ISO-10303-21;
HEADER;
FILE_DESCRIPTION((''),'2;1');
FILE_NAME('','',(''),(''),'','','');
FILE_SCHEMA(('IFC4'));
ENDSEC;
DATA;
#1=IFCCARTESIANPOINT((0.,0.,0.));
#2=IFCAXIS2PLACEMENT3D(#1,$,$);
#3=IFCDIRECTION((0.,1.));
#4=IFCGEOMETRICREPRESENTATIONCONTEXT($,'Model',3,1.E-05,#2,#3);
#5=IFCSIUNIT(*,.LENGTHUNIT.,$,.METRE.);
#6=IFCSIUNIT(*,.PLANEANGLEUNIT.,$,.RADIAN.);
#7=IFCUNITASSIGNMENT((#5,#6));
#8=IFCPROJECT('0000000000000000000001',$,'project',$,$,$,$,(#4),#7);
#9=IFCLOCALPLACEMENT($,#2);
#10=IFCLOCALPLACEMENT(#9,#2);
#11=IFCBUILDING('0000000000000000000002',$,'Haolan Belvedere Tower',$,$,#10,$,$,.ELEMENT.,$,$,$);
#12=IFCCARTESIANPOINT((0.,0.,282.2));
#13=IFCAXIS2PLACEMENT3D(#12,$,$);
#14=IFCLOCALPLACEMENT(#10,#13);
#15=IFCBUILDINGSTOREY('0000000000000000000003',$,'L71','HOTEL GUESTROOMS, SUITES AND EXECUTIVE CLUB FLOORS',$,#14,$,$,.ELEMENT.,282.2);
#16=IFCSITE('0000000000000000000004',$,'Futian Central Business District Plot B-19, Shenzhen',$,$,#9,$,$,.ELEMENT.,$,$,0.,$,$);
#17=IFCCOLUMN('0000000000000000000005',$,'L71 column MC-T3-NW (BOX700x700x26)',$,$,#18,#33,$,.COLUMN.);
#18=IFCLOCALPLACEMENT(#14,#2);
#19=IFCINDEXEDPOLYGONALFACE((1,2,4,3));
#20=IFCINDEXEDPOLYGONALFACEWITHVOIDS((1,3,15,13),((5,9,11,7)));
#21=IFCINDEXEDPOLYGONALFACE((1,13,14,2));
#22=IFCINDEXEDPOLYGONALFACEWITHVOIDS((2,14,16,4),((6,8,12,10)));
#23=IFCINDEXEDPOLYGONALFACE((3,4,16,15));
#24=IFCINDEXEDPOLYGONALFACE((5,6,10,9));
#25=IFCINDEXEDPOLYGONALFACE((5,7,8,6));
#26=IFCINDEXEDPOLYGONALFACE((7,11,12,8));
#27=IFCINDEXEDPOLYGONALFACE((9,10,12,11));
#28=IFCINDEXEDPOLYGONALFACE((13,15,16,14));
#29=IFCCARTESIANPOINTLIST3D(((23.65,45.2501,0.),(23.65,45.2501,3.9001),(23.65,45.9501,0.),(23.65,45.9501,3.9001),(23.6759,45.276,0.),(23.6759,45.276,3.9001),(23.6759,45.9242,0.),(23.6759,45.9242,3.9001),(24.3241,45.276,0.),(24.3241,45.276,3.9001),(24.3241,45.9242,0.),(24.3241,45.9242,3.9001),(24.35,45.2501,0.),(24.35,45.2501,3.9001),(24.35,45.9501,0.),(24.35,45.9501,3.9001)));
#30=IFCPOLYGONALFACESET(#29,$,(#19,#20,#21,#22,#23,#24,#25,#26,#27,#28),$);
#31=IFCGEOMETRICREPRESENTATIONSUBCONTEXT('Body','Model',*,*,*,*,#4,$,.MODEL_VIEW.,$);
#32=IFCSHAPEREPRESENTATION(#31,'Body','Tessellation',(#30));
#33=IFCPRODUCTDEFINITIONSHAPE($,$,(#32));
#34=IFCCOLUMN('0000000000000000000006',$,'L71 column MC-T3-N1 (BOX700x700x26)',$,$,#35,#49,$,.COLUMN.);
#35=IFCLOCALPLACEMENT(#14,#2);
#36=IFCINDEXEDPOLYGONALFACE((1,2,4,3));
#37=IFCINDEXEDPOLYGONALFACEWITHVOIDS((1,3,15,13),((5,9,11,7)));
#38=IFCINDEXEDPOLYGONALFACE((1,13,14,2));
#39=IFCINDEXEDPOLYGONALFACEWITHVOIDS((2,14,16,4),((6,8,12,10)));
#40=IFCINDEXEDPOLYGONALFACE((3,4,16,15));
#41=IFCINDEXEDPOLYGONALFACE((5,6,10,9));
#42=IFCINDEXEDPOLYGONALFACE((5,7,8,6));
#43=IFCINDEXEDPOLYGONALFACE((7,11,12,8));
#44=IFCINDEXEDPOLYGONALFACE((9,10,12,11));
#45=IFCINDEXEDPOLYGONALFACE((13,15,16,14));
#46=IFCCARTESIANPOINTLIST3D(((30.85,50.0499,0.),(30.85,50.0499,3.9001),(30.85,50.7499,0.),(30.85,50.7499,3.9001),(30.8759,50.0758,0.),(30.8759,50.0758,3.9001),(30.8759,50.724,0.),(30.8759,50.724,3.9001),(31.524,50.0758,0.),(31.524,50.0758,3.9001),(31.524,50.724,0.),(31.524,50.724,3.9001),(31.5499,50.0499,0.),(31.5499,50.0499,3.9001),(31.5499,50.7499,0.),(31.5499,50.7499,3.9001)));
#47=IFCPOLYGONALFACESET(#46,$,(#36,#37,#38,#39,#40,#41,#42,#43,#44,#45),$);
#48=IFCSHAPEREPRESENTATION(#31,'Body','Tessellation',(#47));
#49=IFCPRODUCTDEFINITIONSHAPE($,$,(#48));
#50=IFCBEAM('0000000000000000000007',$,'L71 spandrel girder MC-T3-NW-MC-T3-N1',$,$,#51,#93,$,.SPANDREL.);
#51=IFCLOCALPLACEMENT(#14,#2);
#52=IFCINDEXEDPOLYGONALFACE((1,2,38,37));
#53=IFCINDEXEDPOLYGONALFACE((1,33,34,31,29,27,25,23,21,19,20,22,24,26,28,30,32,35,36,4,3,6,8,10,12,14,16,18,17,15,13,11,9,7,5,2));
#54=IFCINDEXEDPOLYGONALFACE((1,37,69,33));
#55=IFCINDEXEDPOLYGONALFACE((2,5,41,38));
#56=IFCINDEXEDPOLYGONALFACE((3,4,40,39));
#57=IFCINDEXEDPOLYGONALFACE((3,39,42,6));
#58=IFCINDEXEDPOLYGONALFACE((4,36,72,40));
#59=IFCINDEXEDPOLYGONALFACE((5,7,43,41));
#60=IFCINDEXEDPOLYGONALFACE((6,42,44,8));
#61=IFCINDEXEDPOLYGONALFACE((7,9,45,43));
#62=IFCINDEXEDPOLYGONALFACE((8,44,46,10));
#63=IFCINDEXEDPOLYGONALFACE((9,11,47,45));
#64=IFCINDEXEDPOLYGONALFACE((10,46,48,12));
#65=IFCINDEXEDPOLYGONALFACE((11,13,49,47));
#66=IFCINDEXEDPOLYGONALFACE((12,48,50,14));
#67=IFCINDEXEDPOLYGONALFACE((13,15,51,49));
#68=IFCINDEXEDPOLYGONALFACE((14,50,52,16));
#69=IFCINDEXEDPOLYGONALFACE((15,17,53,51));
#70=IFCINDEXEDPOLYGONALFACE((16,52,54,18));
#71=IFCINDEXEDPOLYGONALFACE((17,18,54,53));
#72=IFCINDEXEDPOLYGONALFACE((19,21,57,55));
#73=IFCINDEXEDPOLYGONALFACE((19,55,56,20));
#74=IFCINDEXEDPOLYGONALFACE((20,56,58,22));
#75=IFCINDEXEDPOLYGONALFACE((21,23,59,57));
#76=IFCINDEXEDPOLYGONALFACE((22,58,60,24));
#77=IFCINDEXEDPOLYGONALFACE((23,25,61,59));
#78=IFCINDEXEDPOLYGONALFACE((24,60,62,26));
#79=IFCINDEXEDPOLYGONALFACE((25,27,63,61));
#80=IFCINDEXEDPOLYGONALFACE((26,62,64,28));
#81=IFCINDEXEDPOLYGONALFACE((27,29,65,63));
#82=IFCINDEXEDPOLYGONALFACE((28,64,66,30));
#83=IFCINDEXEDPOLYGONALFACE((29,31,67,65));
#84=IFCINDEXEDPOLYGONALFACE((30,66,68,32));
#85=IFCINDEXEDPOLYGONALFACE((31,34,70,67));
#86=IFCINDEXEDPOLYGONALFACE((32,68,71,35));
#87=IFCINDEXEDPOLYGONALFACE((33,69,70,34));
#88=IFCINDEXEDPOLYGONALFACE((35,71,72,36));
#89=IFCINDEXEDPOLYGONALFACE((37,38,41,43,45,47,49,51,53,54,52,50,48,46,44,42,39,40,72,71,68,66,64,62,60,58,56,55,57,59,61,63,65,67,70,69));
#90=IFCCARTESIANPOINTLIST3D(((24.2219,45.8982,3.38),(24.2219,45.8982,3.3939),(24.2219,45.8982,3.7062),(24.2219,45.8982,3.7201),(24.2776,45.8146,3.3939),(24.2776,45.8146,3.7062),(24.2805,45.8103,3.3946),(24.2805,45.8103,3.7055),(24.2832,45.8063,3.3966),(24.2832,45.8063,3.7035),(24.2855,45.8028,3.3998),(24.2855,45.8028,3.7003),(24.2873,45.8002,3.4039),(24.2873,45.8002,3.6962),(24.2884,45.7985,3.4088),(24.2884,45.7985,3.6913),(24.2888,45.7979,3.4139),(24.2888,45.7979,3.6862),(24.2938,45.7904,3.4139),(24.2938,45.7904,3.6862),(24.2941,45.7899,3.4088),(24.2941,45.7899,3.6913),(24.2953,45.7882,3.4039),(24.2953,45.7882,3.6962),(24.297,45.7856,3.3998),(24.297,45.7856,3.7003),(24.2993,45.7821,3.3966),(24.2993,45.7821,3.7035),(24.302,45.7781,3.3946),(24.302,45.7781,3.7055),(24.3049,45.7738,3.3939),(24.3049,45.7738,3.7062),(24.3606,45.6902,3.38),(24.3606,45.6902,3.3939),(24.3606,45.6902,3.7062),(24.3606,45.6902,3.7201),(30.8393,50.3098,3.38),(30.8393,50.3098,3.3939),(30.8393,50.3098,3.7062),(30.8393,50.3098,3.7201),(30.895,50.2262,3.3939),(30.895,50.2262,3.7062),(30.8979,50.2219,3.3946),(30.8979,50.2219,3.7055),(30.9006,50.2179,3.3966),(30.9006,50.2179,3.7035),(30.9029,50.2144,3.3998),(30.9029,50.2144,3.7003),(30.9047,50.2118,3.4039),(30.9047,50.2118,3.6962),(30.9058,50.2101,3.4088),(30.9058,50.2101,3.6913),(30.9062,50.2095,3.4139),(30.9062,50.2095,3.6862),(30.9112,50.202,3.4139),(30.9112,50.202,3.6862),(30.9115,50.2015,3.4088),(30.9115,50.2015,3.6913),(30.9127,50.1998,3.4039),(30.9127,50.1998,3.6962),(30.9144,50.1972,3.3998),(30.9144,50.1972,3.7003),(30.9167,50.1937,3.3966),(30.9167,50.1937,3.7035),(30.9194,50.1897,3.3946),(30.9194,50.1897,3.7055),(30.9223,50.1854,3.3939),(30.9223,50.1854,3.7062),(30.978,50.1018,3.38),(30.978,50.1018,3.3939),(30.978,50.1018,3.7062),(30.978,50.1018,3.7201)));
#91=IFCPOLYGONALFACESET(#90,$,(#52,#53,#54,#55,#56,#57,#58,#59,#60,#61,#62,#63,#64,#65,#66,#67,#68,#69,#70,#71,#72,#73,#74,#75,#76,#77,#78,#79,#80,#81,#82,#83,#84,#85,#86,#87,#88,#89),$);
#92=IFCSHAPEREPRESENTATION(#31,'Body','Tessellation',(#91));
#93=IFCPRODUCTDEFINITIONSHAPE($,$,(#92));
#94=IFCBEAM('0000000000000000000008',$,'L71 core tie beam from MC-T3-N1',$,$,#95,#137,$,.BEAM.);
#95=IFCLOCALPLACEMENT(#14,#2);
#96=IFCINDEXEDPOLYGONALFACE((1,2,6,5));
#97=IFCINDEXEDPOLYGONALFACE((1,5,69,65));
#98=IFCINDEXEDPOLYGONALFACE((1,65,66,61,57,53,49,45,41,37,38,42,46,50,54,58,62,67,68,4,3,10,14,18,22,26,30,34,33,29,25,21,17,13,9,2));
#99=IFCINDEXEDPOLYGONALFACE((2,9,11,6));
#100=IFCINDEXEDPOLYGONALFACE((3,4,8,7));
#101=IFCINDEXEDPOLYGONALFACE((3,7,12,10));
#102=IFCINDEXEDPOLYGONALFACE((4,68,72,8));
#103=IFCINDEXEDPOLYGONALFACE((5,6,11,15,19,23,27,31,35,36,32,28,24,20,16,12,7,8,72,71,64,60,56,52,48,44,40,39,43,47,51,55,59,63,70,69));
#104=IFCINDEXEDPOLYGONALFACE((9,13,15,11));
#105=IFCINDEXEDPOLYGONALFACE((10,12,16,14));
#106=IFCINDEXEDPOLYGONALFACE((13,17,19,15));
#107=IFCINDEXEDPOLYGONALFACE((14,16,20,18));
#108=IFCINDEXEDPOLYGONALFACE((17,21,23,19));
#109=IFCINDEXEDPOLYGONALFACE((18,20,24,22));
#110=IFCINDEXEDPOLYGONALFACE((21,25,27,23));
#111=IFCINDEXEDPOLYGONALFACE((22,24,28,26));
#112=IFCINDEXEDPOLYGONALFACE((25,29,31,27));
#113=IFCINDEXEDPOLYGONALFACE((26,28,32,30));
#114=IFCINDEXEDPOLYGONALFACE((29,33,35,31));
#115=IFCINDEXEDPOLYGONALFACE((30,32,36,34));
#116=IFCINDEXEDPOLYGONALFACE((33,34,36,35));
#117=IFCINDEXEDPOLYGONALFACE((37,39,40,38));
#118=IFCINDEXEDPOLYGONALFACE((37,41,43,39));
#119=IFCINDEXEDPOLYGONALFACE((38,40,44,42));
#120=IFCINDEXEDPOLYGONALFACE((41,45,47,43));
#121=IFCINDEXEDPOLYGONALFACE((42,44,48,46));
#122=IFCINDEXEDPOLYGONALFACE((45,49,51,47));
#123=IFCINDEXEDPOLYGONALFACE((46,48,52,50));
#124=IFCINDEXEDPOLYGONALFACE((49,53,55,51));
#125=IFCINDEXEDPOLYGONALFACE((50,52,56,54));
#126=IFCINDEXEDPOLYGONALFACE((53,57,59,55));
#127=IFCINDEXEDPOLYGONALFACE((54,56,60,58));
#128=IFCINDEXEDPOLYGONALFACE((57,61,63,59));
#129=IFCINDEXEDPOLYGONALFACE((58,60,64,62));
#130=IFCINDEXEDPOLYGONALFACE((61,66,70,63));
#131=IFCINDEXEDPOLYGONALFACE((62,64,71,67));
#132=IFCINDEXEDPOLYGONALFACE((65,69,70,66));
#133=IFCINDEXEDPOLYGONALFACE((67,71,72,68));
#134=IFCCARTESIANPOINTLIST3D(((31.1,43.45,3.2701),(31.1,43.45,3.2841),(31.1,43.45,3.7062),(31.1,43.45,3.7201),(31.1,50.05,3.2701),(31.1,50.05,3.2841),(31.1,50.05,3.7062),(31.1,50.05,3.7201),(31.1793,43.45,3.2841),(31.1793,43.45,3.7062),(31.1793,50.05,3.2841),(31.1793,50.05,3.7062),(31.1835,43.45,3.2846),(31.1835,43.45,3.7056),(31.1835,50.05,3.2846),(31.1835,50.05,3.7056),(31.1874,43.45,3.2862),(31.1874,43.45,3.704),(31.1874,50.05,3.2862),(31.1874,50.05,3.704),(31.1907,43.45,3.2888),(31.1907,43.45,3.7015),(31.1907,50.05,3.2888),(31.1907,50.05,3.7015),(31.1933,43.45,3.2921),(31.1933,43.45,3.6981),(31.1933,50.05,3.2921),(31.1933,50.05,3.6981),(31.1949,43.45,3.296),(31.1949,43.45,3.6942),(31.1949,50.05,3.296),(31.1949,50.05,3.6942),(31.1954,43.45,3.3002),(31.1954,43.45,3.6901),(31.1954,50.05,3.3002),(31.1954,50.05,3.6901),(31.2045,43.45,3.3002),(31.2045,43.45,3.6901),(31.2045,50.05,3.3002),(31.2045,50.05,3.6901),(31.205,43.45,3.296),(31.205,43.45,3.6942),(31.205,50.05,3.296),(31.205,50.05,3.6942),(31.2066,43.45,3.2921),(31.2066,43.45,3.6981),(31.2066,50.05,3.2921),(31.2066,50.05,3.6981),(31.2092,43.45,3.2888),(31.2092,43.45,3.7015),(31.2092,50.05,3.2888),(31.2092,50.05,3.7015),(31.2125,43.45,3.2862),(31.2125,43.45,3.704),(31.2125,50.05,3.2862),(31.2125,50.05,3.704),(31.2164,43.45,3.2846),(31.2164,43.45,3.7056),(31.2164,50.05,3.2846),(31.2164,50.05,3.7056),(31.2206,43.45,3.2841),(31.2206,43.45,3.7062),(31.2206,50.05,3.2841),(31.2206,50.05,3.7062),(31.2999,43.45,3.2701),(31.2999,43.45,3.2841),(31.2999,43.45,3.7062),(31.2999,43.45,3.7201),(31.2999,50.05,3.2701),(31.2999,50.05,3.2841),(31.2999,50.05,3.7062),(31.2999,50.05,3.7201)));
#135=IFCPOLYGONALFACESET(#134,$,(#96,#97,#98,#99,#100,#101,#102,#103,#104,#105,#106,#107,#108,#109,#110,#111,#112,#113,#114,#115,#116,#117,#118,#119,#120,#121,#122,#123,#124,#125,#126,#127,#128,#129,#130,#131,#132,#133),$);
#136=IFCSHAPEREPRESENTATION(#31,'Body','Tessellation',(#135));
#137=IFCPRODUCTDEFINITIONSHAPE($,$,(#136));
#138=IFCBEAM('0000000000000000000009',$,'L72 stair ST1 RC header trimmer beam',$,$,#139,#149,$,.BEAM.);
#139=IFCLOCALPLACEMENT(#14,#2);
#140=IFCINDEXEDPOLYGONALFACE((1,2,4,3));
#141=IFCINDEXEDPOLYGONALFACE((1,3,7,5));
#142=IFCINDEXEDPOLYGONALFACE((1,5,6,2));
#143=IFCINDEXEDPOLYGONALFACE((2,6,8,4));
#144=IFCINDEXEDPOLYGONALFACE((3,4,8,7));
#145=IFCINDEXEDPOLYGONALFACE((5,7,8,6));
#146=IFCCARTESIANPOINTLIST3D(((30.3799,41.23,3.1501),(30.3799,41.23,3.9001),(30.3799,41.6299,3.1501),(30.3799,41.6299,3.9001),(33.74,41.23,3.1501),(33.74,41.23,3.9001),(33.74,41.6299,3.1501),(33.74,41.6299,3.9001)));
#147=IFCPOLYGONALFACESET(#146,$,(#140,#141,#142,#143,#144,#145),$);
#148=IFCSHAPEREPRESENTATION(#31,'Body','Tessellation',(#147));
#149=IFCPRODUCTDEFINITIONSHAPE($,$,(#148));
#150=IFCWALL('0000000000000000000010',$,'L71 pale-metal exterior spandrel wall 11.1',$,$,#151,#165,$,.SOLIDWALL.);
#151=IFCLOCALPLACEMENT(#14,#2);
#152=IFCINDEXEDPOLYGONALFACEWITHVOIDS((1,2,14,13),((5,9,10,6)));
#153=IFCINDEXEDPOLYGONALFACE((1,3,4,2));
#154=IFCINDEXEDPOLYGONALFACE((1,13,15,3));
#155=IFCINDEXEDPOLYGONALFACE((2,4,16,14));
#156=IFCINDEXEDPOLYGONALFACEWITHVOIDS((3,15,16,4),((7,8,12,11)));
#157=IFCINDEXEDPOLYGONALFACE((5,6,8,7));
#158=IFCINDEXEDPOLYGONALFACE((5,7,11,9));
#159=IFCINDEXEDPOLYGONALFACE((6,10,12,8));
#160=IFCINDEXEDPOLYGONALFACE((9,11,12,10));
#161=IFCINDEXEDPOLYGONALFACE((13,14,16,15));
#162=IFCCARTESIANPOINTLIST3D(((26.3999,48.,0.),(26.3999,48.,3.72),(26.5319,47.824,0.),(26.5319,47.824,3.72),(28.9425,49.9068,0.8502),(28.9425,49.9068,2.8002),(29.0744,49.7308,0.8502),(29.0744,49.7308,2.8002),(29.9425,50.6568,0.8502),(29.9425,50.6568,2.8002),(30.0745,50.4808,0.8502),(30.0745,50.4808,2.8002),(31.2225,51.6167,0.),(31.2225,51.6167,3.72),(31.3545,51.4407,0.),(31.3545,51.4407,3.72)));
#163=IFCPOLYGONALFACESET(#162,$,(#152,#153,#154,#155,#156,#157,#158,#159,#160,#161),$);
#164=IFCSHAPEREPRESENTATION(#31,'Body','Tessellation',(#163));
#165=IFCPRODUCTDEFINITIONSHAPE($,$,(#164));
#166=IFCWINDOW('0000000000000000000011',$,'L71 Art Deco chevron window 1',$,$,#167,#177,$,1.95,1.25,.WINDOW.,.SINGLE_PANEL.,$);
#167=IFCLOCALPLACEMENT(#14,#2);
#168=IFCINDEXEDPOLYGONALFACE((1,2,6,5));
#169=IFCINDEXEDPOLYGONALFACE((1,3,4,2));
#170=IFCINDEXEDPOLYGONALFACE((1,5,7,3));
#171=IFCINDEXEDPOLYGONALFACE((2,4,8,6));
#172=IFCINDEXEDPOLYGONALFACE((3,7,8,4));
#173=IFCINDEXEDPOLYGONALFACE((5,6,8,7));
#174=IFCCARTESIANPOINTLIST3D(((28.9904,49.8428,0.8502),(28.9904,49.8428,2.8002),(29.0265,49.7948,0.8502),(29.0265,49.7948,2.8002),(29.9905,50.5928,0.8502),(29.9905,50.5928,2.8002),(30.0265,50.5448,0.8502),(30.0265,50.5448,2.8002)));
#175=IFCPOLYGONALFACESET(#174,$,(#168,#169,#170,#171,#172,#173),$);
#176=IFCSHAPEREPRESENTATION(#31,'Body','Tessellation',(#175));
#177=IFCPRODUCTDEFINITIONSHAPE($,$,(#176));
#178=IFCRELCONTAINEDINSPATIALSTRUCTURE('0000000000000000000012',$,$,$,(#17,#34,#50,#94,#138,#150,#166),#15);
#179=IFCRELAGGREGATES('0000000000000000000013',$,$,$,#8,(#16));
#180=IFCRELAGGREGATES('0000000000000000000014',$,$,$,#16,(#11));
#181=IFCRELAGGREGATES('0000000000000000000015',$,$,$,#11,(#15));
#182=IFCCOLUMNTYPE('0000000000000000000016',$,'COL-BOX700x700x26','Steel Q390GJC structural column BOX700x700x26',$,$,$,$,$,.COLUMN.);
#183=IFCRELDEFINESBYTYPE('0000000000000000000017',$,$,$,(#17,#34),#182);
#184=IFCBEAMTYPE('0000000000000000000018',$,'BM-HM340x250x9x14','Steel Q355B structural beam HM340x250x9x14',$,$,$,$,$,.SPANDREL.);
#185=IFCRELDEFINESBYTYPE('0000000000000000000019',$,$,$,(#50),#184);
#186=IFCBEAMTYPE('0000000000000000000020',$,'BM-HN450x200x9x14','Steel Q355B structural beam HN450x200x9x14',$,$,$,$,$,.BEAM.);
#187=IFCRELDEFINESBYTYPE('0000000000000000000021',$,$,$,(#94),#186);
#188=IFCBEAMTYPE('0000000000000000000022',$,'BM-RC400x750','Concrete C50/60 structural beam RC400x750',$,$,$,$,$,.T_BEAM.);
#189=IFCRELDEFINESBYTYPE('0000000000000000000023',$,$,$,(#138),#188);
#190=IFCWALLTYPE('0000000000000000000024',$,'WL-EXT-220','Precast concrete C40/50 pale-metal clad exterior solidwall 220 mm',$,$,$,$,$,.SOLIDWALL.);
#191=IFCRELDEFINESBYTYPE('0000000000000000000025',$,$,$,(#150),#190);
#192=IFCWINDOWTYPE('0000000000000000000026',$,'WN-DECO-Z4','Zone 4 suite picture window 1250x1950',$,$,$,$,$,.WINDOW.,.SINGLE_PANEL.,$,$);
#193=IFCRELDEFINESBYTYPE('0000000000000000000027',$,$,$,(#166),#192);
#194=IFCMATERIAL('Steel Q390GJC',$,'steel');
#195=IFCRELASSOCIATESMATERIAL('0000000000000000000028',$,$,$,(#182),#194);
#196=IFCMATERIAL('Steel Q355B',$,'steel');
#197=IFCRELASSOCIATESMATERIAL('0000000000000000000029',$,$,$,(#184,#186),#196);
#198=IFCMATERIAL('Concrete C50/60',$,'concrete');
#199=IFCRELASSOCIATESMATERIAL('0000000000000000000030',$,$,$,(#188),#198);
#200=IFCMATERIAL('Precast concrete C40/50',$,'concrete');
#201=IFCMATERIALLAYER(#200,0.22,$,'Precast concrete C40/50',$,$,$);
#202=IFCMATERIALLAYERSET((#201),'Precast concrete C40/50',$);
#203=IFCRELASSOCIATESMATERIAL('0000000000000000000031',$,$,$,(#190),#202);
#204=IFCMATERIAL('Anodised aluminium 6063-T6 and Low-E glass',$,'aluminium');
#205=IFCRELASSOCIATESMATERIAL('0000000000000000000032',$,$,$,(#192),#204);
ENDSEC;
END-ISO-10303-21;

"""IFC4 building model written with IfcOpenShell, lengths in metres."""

from ifc_helpers import new_model, si_unit, direction, frame, frame_2d, origin, origin_2d, place, context, subcontext, project, spatial, rectangle, hollow_rectangle, i_section, extrude, material, layer, layer_set, material_profile, profile_set, type_object, element, fill, save


model = new_model("IFC4")

# Units and contexts
model_context = context("Model", 3, precision=1e-05, world=origin(), true_north=direction((0.0, 1.0)))
body_context = subcontext(model_context, "Body", "Model", "MODEL_VIEW")
ifc_project = project(units=[si_unit("LENGTHUNIT", "METRE"), si_unit("PLANEANGLEUNIT", "RADIAN")], contexts=[model_context])

# Site, building, storey
site_placement = place(None, origin())
site = spatial("IfcSite", under=ifc_project, at=site_placement, Name="Futian Central Business District Plot B-19, Shenzhen", CompositionType="ELEMENT", RefElevation=0.0)
building_placement = place(site_placement, origin())
building = spatial("IfcBuilding", under=site, at=building_placement, Name="Haolan Belvedere Tower", CompositionType="ELEMENT")
storey_placement = place(building_placement, frame((0.0, 0.0, 282.2)))
storey = spatial("IfcBuildingStorey", under=building, at=storey_placement, Name="L71", Description="HOTEL GUESTROOMS, SUITES AND EXECUTIVE CLUB FLOORS", CompositionType="ELEMENT", Elevation=282.2)

# Columns
ifc_material_1 = material(Name="Steel Q390GJC", Category="steel")
ifc_material_profile_1 = material_profile(ifc_material_1, hollow_rectangle(XDim=0.7, YDim=0.7, WallThickness=0.0259, at=origin_2d()), Name="Steel Q390GJC")
ifc_profile_set_1 = profile_set([ifc_material_profile_1], Name="Steel Q390GJC")
column_type = type_object("IfcColumnType", Name="COL-BOX700x700x26", Description="Steel Q390GJC structural column BOX700x700x26", PredefinedType="COLUMN", material=ifc_profile_set_1)
for number, where, z_axis, x_axis, name in (
    (1, (24.0, 45.6001, 0.0), (0.0, 0.0, 1.0), (1.0, 0.0, 0.0), "L71 column MC-T3-NW (BOX700x700x26)"),
    (2, (31.2, 50.3999, 0.0), (0.0, 0.0, 1.0), (1.0, 0.0, 0.0), "L71 column MC-T3-N1 (BOX700x700x26)"),
):
    element("IfcColumn", number, at=place(storey_placement, frame(where, z_axis=z_axis, x_axis=x_axis)), inside=storey, type_object=column_type, Name=name, PredefinedType="COLUMN", context=body_context, shape_type="SweptSolid", body=[
        extrude(hollow_rectangle(XDim=0.7, YDim=0.7, WallThickness=0.0259, at=origin_2d()), origin(), (0.0, 0.0, 1.0), 3.9001),
    ])

# Beams
ifc_material_2 = material(Name="Steel Q355B", Category="steel")
ifc_material_profile_2 = material_profile(ifc_material_2, i_section(OverallWidth=0.25, OverallDepth=0.3401, WebThickness=0.009, FlangeThickness=0.0139, FilletRadius=0.02, at=origin_2d()), Name="Steel Q355B")
ifc_profile_set_2 = profile_set([ifc_material_profile_2], Name="Steel Q355B")
beam_type_1 = type_object("IfcBeamType", Name="BM-HM340x250x9x14", Description="Steel Q355B structural beam HM340x250x9x14", PredefinedType="SPANDREL", material=ifc_profile_set_2)
beam_1_placement = place(storey_placement, frame((24.2913, 45.7942, 3.55), z_axis=(0.83205, 0.5547, 0.0), x_axis=(-0.5547, 0.83205, 0.0)))
element("IfcBeam", 3, at=beam_1_placement, inside=storey, type_object=beam_type_1, Name="L71 spandrel girder MC-T3-NW-MC-T3-N1", PredefinedType="SPANDREL", context=body_context, shape_type="SweptSolid", body=[
    extrude(i_section(OverallWidth=0.25, OverallDepth=0.3401, WebThickness=0.009, FlangeThickness=0.0139, FilletRadius=0.02, at=origin_2d()), origin(), (0.0, 0.0, 1.0), 7.9531),
])
ifc_material_profile_3 = material_profile(ifc_material_2, i_section(OverallWidth=0.2, OverallDepth=0.45, WebThickness=0.009, FlangeThickness=0.0139, FilletRadius=0.0161, at=origin_2d()), Name="Steel Q355B")
ifc_profile_set_3 = profile_set([ifc_material_profile_3], Name="Steel Q355B")
beam_type_2 = type_object("IfcBeamType", Name="BM-HN450x200x9x14", Description="Steel Q355B structural beam HN450x200x9x14", PredefinedType="BEAM", material=ifc_profile_set_3)
beam_2_placement = place(storey_placement, frame((31.2, 50.05, 3.4951), z_axis=(0.0, -1.0, 0.0), x_axis=(1.0, 0.0, 0.0)))
element("IfcBeam", 4, at=beam_2_placement, inside=storey, type_object=beam_type_2, Name="L71 core tie beam from MC-T3-N1", PredefinedType="BEAM", context=body_context, shape_type="SweptSolid", body=[
    extrude(i_section(OverallWidth=0.2, OverallDepth=0.45, WebThickness=0.009, FlangeThickness=0.0139, FilletRadius=0.0161, at=origin_2d()), origin(), (0.0, 0.0, 1.0), 6.6001),
])
ifc_material_3 = material(Name="Concrete C50/60", Category="concrete")
ifc_material_profile_4 = material_profile(ifc_material_3, rectangle(XDim=0.3999, YDim=0.75, at=origin_2d()), Name="Concrete C50/60")
ifc_profile_set_4 = profile_set([ifc_material_profile_4], Name="Concrete C50/60")
beam_type_3 = type_object("IfcBeamType", Name="BM-RC400x750", Description="Concrete C50/60 structural beam RC400x750", PredefinedType="T_BEAM", material=ifc_profile_set_4)
beam_3_placement = place(storey_placement, frame((30.3799, 41.4299, 3.5251), z_axis=(1.0, 0.0, 0.0), x_axis=(0.0, 1.0, 0.0)))
element("IfcBeam", 5, at=beam_3_placement, inside=storey, type_object=beam_type_3, Name="L72 stair ST1 RC header trimmer beam", PredefinedType="BEAM", context=body_context, shape_type="SweptSolid", body=[
    extrude(rectangle(XDim=0.3999, YDim=0.75, at=origin_2d()), origin(), (0.0, 0.0, 1.0), 3.3601),
])

# Wall, opening, window
ifc_material_4 = material(Name="Precast concrete C40/50", Category="concrete")
ifc_layer_1 = layer(ifc_material_4, 0.22, Name="Precast concrete C40/50")
ifc_layer_set_1 = layer_set([ifc_layer_1], Name="Precast concrete C40/50")
wall_type_1 = type_object("IfcWallType", Name="WL-EXT-220", Description="Precast concrete C40/50 pale-metal clad exterior solidwall 220 mm", PredefinedType="SOLIDWALL", material=ifc_layer_set_1)
wall_1_placement = place(storey_placement, frame((31.2886, 51.5288, 0.0), z_axis=(0.0, 0.0, 1.0), x_axis=(-0.800015, -0.599981, 0.0)))
wall_1 = element("IfcWall", 6, at=wall_1_placement, inside=storey, type_object=wall_type_1, Name="L71 pale-metal exterior spandrel wall 11.1", PredefinedType="SOLIDWALL", context=body_context, shape_type="SweptSolid", body=[
    extrude(rectangle(XDim=6.0281, YDim=0.22, at=frame_2d((3.0142, 0.0))), origin(), (0.0, 0.0, 1.0), 3.72),
])
opening_1_placement = place(wall_1_placement, frame((1.6001, 0.0, 0.8501)))
opening_1 = element("IfcOpeningElement", 7, at=opening_1_placement, cuts=wall_1, PredefinedType="OPENING", context=body_context, shape_type="SweptSolid", body=[
    extrude(rectangle(XDim=1.25, YDim=1.95, at=frame_2d((0.625, 0.9751))), frame((0.0, 0.1199, 0.0), z_axis=(0.0, -1.0, 0.0), x_axis=(1.0, 0.0, 0.0)), (0.0, 0.0, 1.0), 0.24),
])
ifc_material_5 = material(Name="Anodised aluminium 6063-T6 and Low-E glass", Category="aluminium")
window_type = type_object("IfcWindowType", Name="WN-DECO-Z4", Description="Zone 4 suite picture window 1250x1950", PartitioningType="SINGLE_PANEL", PredefinedType="WINDOW", material=ifc_material_5)
window_1_placement = place(opening_1_placement, origin())
window_1 = element("IfcWindow", 8, at=window_1_placement, inside=storey, type_object=window_type, Name="L71 Art Deco chevron window 1", OverallHeight=1.95, OverallWidth=1.25, PartitioningType="SINGLE_PANEL", PredefinedType="WINDOW", context=body_context, shape_type="SweptSolid", body=[
    extrude(rectangle(XDim=1.25, YDim=1.95, at=frame_2d((0.625, 0.9751))), frame((0.0, 0.03, 0.0), z_axis=(0.0, -1.0, 0.0), x_axis=(1.0, 0.0, 0.0)), (0.0, 0.0, 1.0), 0.0601),
])
fill(opening_1, window_1)

save(model, "model.ifc")
